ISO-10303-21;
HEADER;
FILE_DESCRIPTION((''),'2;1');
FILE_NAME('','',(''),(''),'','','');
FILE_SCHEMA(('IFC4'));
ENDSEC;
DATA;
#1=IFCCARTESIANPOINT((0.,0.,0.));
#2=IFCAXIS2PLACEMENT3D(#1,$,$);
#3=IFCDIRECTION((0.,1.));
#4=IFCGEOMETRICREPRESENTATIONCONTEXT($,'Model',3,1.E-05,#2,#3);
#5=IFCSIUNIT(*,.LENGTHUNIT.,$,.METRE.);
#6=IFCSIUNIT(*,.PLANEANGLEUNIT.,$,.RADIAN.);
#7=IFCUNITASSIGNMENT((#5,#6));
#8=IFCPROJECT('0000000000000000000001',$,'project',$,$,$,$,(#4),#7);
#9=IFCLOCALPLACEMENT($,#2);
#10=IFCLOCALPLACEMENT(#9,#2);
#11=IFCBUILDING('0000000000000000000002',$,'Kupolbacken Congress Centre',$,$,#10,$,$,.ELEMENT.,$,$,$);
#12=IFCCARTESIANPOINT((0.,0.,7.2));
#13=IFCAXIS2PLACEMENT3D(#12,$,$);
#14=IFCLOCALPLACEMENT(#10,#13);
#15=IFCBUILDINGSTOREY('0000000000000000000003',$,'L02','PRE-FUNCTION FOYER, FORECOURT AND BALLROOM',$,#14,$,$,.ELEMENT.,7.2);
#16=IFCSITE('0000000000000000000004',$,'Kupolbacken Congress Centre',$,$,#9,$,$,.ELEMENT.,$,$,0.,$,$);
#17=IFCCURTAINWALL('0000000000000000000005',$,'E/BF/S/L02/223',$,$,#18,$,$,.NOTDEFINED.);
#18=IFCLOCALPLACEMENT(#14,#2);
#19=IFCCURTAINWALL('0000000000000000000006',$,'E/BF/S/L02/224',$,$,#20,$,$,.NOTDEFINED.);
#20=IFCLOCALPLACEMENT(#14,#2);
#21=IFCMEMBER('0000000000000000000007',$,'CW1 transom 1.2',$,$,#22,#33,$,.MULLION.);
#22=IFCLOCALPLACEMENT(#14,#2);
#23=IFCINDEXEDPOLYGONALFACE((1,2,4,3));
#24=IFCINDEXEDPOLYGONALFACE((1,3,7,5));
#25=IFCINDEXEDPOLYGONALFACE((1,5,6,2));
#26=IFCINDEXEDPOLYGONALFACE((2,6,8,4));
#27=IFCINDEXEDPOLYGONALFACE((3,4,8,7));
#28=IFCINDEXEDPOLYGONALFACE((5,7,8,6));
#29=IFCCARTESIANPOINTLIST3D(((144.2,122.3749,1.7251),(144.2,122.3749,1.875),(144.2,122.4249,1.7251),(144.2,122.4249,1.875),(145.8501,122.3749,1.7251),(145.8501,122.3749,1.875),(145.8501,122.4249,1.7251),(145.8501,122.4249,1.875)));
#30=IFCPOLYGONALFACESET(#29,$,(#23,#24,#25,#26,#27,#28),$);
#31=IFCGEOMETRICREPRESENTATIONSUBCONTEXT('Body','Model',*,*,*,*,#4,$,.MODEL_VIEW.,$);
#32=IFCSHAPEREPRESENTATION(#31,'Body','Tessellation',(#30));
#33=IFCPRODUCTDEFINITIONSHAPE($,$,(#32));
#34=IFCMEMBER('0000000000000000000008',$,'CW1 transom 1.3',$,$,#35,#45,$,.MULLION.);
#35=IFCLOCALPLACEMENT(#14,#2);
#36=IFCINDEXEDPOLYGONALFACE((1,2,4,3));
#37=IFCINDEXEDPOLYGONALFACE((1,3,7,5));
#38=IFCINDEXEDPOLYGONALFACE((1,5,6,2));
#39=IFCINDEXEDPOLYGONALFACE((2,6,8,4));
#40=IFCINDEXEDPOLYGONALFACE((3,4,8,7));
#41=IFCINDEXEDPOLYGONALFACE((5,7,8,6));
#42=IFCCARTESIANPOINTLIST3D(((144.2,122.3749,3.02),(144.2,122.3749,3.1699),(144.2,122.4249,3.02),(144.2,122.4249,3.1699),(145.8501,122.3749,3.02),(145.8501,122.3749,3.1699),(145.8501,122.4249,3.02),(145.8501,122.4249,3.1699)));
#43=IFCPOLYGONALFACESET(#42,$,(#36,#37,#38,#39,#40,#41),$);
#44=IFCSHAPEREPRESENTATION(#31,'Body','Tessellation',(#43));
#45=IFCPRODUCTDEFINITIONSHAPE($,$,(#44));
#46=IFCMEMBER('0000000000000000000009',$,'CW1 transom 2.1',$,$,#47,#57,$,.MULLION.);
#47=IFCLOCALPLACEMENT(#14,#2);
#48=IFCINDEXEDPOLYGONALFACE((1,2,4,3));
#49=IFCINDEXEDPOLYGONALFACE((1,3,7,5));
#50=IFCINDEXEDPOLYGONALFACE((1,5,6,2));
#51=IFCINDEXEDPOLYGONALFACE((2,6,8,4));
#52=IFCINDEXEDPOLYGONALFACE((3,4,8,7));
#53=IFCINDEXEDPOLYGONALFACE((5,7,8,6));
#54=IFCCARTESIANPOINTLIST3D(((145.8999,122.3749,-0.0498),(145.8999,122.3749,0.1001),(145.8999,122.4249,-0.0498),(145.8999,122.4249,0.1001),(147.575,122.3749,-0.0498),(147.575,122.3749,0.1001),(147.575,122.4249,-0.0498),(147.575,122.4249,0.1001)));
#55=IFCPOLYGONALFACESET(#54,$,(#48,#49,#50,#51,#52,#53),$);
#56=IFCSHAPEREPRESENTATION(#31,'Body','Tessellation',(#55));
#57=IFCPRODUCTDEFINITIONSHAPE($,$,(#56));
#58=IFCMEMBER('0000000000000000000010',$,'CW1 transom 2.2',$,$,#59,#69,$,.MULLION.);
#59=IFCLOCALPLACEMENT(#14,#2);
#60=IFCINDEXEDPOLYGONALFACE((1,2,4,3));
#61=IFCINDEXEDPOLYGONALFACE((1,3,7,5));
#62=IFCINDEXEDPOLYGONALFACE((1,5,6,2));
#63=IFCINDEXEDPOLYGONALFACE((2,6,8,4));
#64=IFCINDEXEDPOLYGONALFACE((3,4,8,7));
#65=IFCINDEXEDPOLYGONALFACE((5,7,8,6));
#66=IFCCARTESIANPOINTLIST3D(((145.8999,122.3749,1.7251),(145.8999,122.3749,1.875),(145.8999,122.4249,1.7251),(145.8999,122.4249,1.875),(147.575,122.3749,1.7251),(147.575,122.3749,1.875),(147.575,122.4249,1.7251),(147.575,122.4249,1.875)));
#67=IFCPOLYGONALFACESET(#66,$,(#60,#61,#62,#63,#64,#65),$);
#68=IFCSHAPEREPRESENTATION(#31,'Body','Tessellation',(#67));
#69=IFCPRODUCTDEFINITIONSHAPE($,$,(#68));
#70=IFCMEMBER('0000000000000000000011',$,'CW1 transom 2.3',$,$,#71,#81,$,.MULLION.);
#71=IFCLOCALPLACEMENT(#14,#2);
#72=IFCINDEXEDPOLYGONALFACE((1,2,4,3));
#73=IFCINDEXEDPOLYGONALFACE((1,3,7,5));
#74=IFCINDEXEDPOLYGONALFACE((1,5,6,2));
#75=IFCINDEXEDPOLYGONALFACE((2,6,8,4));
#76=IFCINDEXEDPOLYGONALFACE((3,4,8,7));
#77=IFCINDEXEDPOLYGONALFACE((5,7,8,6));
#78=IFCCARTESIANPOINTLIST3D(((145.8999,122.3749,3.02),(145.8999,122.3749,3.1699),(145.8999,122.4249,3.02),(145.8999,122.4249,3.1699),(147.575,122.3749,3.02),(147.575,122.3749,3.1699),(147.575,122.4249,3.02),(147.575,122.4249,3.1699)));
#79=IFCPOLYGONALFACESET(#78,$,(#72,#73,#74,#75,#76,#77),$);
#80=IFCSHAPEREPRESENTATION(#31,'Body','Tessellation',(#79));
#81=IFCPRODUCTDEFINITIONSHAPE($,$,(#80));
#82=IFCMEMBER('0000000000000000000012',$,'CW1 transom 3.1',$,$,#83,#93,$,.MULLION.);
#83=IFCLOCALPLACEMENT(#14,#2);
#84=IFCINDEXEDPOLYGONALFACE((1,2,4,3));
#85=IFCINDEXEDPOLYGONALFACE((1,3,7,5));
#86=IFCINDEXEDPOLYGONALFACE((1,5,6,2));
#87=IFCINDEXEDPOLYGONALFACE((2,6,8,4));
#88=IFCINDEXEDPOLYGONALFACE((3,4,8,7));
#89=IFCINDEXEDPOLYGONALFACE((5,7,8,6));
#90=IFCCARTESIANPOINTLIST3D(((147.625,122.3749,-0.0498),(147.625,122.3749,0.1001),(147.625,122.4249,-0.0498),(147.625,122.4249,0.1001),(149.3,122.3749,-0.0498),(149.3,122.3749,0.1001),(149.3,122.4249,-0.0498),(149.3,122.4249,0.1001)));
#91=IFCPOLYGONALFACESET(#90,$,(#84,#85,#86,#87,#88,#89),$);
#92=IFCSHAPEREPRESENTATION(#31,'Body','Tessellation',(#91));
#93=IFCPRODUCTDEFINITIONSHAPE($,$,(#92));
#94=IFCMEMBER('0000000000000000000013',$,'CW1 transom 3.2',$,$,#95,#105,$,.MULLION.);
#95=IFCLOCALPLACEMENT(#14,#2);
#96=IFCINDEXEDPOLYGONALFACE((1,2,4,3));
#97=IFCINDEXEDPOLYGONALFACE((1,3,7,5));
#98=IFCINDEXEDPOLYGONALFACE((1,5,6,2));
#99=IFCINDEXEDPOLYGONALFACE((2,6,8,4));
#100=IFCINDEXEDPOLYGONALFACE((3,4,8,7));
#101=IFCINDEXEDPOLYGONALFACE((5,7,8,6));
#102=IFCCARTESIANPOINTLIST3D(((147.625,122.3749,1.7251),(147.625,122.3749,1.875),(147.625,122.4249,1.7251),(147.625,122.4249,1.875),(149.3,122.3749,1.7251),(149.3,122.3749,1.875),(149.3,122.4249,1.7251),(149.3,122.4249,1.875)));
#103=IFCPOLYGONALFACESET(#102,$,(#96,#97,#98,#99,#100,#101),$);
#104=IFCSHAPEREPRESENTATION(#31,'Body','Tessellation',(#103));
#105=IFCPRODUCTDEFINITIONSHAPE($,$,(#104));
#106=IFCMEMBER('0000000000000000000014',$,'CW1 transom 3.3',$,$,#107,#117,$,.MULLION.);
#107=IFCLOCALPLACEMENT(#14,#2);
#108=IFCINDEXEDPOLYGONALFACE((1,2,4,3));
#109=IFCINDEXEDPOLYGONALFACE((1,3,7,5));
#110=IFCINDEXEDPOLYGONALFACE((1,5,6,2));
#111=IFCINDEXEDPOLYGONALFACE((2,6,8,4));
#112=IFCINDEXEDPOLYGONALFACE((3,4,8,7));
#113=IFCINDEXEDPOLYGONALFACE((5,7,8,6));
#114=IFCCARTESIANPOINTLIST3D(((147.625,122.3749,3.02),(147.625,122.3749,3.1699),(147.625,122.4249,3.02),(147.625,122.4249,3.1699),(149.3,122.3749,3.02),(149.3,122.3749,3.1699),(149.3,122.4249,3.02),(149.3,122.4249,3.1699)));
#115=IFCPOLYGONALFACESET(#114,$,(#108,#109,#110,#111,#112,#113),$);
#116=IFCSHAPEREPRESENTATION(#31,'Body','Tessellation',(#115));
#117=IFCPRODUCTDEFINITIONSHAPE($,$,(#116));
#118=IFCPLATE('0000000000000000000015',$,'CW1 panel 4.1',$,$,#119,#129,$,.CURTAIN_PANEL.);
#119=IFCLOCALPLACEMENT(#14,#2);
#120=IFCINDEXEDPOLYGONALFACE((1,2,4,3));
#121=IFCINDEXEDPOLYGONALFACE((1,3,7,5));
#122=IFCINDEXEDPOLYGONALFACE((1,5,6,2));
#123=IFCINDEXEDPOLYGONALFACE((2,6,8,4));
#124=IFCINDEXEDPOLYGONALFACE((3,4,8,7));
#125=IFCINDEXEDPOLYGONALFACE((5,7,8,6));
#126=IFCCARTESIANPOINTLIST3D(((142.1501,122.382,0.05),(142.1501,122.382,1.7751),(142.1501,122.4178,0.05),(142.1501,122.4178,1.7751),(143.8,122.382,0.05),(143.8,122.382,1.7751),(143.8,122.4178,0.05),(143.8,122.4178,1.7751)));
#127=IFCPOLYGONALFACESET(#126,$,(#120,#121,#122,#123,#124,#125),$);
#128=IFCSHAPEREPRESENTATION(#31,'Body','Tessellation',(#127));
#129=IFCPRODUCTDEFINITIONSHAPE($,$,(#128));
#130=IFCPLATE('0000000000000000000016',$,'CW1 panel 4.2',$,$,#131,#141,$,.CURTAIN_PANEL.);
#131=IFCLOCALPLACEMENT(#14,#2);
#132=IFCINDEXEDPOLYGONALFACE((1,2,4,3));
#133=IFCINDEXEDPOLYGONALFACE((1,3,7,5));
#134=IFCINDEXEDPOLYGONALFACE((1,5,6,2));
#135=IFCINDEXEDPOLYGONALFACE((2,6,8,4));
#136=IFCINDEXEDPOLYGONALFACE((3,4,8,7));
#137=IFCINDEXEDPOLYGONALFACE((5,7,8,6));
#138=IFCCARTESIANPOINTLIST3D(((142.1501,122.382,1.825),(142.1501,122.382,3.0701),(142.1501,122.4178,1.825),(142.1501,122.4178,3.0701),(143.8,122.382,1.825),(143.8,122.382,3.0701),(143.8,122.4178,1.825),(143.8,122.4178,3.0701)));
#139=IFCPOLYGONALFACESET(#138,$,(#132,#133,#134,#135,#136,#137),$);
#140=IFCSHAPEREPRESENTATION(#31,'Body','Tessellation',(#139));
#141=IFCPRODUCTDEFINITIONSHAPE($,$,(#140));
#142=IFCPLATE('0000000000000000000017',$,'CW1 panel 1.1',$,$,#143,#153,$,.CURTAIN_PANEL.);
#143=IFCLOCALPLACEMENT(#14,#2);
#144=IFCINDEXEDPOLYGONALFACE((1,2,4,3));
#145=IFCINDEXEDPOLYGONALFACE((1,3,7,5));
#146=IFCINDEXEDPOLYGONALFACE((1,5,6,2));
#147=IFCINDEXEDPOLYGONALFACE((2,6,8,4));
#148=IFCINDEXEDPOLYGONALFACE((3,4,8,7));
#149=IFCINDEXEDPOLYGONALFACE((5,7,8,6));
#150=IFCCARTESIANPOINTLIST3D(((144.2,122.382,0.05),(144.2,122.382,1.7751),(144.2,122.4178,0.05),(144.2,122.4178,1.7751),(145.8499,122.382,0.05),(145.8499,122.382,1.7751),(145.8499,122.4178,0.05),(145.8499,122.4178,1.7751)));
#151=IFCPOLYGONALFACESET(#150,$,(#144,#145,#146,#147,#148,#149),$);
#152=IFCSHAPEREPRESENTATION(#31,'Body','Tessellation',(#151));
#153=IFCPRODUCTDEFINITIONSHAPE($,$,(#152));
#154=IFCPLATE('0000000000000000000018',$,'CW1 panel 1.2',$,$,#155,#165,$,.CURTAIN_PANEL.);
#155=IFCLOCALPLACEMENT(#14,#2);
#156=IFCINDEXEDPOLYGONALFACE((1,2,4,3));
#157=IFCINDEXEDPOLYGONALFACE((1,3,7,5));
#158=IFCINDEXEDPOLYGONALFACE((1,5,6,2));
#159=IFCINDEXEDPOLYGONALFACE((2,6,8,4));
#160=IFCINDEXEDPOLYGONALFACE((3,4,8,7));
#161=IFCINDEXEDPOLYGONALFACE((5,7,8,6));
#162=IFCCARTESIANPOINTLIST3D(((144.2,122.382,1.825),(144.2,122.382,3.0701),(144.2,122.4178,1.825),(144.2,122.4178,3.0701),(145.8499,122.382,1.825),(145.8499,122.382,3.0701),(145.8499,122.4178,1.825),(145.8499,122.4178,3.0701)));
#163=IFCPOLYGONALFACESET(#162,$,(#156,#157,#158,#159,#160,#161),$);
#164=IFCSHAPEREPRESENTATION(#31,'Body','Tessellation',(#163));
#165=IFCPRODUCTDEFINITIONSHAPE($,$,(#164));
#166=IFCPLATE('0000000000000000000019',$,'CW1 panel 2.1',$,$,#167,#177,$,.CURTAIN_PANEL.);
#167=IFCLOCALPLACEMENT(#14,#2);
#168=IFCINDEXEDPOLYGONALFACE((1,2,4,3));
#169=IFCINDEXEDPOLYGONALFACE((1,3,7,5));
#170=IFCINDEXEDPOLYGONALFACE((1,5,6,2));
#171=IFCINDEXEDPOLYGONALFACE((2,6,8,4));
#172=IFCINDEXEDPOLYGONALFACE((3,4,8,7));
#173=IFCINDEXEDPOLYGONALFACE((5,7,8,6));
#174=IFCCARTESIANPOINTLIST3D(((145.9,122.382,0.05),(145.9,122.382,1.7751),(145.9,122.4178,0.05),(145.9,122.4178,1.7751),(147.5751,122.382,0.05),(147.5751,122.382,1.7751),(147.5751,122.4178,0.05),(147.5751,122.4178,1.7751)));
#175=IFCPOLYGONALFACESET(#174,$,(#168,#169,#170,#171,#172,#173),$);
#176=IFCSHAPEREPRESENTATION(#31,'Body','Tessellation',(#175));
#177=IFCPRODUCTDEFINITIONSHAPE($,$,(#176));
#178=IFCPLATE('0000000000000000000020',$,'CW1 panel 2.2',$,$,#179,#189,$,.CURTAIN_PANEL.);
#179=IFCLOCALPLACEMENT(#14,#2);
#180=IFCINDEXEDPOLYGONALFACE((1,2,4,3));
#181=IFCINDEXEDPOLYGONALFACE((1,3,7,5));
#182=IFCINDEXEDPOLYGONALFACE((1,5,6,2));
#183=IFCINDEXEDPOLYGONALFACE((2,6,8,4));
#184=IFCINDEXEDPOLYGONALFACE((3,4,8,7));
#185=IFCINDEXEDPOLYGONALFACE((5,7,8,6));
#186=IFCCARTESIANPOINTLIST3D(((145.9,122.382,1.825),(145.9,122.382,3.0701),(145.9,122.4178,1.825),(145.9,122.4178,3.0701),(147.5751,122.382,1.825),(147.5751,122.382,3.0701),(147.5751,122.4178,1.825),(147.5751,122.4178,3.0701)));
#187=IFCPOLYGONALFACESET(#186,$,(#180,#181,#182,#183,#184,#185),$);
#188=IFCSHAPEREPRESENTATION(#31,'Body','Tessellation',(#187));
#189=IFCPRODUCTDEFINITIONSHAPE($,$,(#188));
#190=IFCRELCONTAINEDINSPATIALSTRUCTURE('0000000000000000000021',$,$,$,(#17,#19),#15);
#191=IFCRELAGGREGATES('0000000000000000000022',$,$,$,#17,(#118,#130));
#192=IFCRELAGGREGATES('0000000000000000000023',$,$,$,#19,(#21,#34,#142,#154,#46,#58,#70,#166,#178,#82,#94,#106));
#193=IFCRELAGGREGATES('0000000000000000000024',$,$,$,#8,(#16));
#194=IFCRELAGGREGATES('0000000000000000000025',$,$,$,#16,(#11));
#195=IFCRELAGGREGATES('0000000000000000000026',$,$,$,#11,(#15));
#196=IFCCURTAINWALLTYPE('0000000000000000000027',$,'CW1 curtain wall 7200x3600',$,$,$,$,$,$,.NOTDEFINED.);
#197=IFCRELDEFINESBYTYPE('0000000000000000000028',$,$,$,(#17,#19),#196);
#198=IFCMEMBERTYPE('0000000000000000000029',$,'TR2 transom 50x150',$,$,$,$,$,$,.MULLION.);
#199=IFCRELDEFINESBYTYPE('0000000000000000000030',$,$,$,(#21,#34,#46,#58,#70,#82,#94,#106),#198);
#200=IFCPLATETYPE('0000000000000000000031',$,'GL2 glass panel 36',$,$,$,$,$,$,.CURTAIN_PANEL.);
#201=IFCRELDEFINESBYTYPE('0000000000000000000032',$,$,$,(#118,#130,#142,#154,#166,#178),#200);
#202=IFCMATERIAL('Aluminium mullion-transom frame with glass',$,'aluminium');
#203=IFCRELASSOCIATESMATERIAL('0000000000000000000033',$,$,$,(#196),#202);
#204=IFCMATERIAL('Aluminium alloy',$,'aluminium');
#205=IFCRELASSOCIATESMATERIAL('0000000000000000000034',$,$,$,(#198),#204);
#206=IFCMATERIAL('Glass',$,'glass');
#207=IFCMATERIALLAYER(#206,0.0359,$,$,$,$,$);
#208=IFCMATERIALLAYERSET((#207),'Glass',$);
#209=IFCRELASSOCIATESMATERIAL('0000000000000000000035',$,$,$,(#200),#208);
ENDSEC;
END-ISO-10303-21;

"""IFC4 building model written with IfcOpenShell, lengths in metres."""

from ifc_helpers import new_model, si_unit, direction, frame, origin, origin_2d, place, context, subcontext, project, spatial, rectangle, extrude, material, layer, layer_set, material_profile, profile_set, type_object, element, aggregate, save


model = new_model("IFC4")

# Units and contexts
model_context = context("Model", 3, precision=1e-05, world=origin(), true_north=direction((0.0, 1.0)))
body_context = subcontext(model_context, "Body", "Model", "MODEL_VIEW")
ifc_project = project(units=[si_unit("LENGTHUNIT", "METRE"), si_unit("PLANEANGLEUNIT", "RADIAN")], contexts=[model_context])

# Site, building, storey
site_placement = place(None, origin())
site = spatial("IfcSite", under=ifc_project, at=site_placement, Name="Kupolbacken Congress Centre", CompositionType="ELEMENT", RefElevation=0.0)
building_placement = place(site_placement, origin())
building = spatial("IfcBuilding", under=site, at=building_placement, Name="Kupolbacken Congress Centre", CompositionType="ELEMENT")
storey_placement = place(building_placement, frame((0.0, 0.0, 7.2)))
storey = spatial("IfcBuildingStorey", under=building, at=storey_placement, Name="L02", Description="PRE-FUNCTION FOYER, FORECOURT AND BALLROOM", CompositionType="ELEMENT", Elevation=7.2)

# Curtain wall
ifc_material_1 = material(Name="Aluminium mullion-transom frame with glass", Category="aluminium")
curtain_wall_type = type_object("IfcCurtainWallType", Name="CW1 curtain wall 7200x3600", PredefinedType="NOTDEFINED", material=ifc_material_1)
curtain_wall_1_placement = place(storey_placement, origin())
curtain_wall_1 = element("IfcCurtainWall", 1, at=curtain_wall_1_placement, inside=storey, type_object=curtain_wall_type, Name="E/BF/S/L02/223", PredefinedType="NOTDEFINED")

# Curtain wall
curtain_wall_2_placement = place(storey_placement, origin())
curtain_wall_2 = element("IfcCurtainWall", 2, at=curtain_wall_2_placement, inside=storey, type_object=curtain_wall_type, Name="E/BF/S/L02/224", PredefinedType="NOTDEFINED")

# Members
ifc_material_2 = material(Name="Aluminium alloy", Category="aluminium")
ifc_material_profile_1 = material_profile(ifc_material_2, rectangle(XDim=0.05, YDim=0.1499, at=origin_2d()), Name="50 x 150")
ifc_profile_set_1 = profile_set([ifc_material_profile_1], Name="Aluminium alloy")
member_type_1 = type_object("IfcMemberType", Name="TR2 transom 50x150", PredefinedType="MULLION", material=ifc_profile_set_1)
member_1_placement = place(storey_placement, frame((144.2, 122.3999, 1.8), z_axis=(1.0, 0.0, 0.0), x_axis=(0.0, 1.0, 0.0)))
member_1 = element("IfcMember", 3, at=member_1_placement, type_object=member_type_1, Name="CW1 transom 1.2", PredefinedType="MULLION", context=body_context, shape_type="SweptSolid", body=[
    extrude(rectangle(XDim=0.05, YDim=0.1499, at=origin_2d()), origin(), (0.0, 0.0, 1.0), 1.6501),
])
member_2_placement = place(storey_placement, frame((144.2, 122.3999, 3.095), z_axis=(1.0, 0.0, 0.0), x_axis=(0.0, 1.0, 0.0)))
member_2 = element("IfcMember", 4, at=member_2_placement, type_object=member_type_1, Name="CW1 transom 1.3", PredefinedType="MULLION", context=body_context, shape_type="SweptSolid", body=[
    extrude(rectangle(XDim=0.05, YDim=0.1499, at=origin_2d()), origin(), (0.0, 0.0, 1.0), 1.6501),
])
member_3_placement = place(storey_placement, frame((145.8999, 122.3999, 0.0251), z_axis=(1.0, 0.0, 0.0), x_axis=(0.0, 1.0, 0.0)))
member_3 = element("IfcMember", 5, at=member_3_placement, type_object=member_type_1, Name="CW1 transom 2.1", PredefinedType="MULLION", context=body_context, shape_type="SweptSolid", body=[
    extrude(rectangle(XDim=0.05, YDim=0.1499, at=origin_2d()), origin(), (0.0, 0.0, 1.0), 1.675),
])
member_4_placement = place(storey_placement, frame((145.8999, 122.3999, 1.8), z_axis=(1.0, 0.0, 0.0), x_axis=(0.0, 1.0, 0.0)))
member_4 = element("IfcMember", 6, at=member_4_placement, type_object=member_type_1, Name="CW1 transom 2.2", PredefinedType="MULLION", context=body_context, shape_type="SweptSolid", body=[
    extrude(rectangle(XDim=0.05, YDim=0.1499, at=origin_2d()), origin(), (0.0, 0.0, 1.0), 1.675),
])
member_5_placement = place(storey_placement, frame((145.8999, 122.3999, 3.095), z_axis=(1.0, 0.0, 0.0), x_axis=(0.0, 1.0, 0.0)))
member_5 = element("IfcMember", 7, at=member_5_placement, type_object=member_type_1, Name="CW1 transom 2.3", PredefinedType="MULLION", context=body_context, shape_type="SweptSolid", body=[
    extrude(rectangle(XDim=0.05, YDim=0.1499, at=origin_2d()), origin(), (0.0, 0.0, 1.0), 1.675),
])
member_6_placement = place(storey_placement, frame((147.625, 122.3999, 0.0251), z_axis=(1.0, 0.0, 0.0), x_axis=(0.0, 1.0, 0.0)))
member_6 = element("IfcMember", 8, at=member_6_placement, type_object=member_type_1, Name="CW1 transom 3.1", PredefinedType="MULLION", context=body_context, shape_type="SweptSolid", body=[
    extrude(rectangle(XDim=0.05, YDim=0.1499, at=origin_2d()), origin(), (0.0, 0.0, 1.0), 1.675),
])
member_7_placement = place(storey_placement, frame((147.625, 122.3999, 1.8), z_axis=(1.0, 0.0, 0.0), x_axis=(0.0, 1.0, 0.0)))
member_7 = element("IfcMember", 9, at=member_7_placement, type_object=member_type_1, Name="CW1 transom 3.2", PredefinedType="MULLION", context=body_context, shape_type="SweptSolid", body=[
    extrude(rectangle(XDim=0.05, YDim=0.1499, at=origin_2d()), origin(), (0.0, 0.0, 1.0), 1.675),
])
member_8_placement = place(storey_placement, frame((147.625, 122.3999, 3.095), z_axis=(1.0, 0.0, 0.0), x_axis=(0.0, 1.0, 0.0)))
member_8 = element("IfcMember", 10, at=member_8_placement, type_object=member_type_1, Name="CW1 transom 3.3", PredefinedType="MULLION", context=body_context, shape_type="SweptSolid", body=[
    extrude(rectangle(XDim=0.05, YDim=0.1499, at=origin_2d()), origin(), (0.0, 0.0, 1.0), 1.675),
])

# Plates
ifc_material_3 = material(Name="Glass", Category="glass")
ifc_layer = layer(ifc_material_3, 0.0359)
ifc_layer_set = layer_set([ifc_layer], Name="Glass")
plate_type = type_object("IfcPlateType", Name="GL2 glass panel 36", PredefinedType="CURTAIN_PANEL", material=ifc_layer_set)
plate_1_placement = place(storey_placement, frame((142.9751, 122.3999, 0.05), z_axis=(0.0, 0.0, 1.0), x_axis=(1.0, 0.0, 0.0)))
plate_1 = element("IfcPlate", 11, at=plate_1_placement, type_object=plate_type, Name="CW1 panel 4.1", PredefinedType="CURTAIN_PANEL", context=body_context, shape_type="SweptSolid", body=[
    extrude(rectangle(XDim=1.6499, YDim=0.0359, at=origin_2d()), origin(), (0.0, 0.0, 1.0), 1.7251),
])
plate_2_placement = place(storey_placement, frame((142.9751, 122.3999, 1.825), z_axis=(0.0, 0.0, 1.0), x_axis=(1.0, 0.0, 0.0)))
plate_2 = element("IfcPlate", 12, at=plate_2_placement, type_object=plate_type, Name="CW1 panel 4.2", PredefinedType="CURTAIN_PANEL", context=body_context, shape_type="SweptSolid", body=[
    extrude(rectangle(XDim=1.6499, YDim=0.0359, at=origin_2d()), origin(), (0.0, 0.0, 1.0), 1.2451),
])
aggregate(curtain_wall_1, [plate_1, plate_2])
plate_3_placement = place(storey_placement, frame((145.0249, 122.3999, 0.05), z_axis=(0.0, 0.0, 1.0), x_axis=(1.0, 0.0, 0.0)))
plate_3 = element("IfcPlate", 13, at=plate_3_placement, type_object=plate_type, Name="CW1 panel 1.1", PredefinedType="CURTAIN_PANEL", context=body_context, shape_type="SweptSolid", body=[
    extrude(rectangle(XDim=1.6499, YDim=0.0359, at=origin_2d()), origin(), (0.0, 0.0, 1.0), 1.7251),
])
plate_4_placement = place(storey_placement, frame((145.0249, 122.3999, 1.825), z_axis=(0.0, 0.0, 1.0), x_axis=(1.0, 0.0, 0.0)))
plate_4 = element("IfcPlate", 14, at=plate_4_placement, type_object=plate_type, Name="CW1 panel 1.2", PredefinedType="CURTAIN_PANEL", context=body_context, shape_type="SweptSolid", body=[
    extrude(rectangle(XDim=1.6499, YDim=0.0359, at=origin_2d()), origin(), (0.0, 0.0, 1.0), 1.2451),
])
plate_5_placement = place(storey_placement, frame((146.7375, 122.3999, 0.05), z_axis=(0.0, 0.0, 1.0), x_axis=(1.0, 0.0, 0.0)))
plate_5 = element("IfcPlate", 15, at=plate_5_placement, type_object=plate_type, Name="CW1 panel 2.1", PredefinedType="CURTAIN_PANEL", context=body_context, shape_type="SweptSolid", body=[
    extrude(rectangle(XDim=1.675, YDim=0.0359, at=origin_2d()), origin(), (0.0, 0.0, 1.0), 1.7251),
])
plate_6_placement = place(storey_placement, frame((146.7375, 122.3999, 1.825), z_axis=(0.0, 0.0, 1.0), x_axis=(1.0, 0.0, 0.0)))
plate_6 = element("IfcPlate", 16, at=plate_6_placement, type_object=plate_type, Name="CW1 panel 2.2", PredefinedType="CURTAIN_PANEL", context=body_context, shape_type="SweptSolid", body=[
    extrude(rectangle(XDim=1.675, YDim=0.0359, at=origin_2d()), origin(), (0.0, 0.0, 1.0), 1.2451),
])
aggregate(curtain_wall_2, [member_1, member_2, plate_3, plate_4, member_3, member_4, member_5, plate_5, plate_6, member_6, member_7, member_8])

save(model, "model.ifc")
